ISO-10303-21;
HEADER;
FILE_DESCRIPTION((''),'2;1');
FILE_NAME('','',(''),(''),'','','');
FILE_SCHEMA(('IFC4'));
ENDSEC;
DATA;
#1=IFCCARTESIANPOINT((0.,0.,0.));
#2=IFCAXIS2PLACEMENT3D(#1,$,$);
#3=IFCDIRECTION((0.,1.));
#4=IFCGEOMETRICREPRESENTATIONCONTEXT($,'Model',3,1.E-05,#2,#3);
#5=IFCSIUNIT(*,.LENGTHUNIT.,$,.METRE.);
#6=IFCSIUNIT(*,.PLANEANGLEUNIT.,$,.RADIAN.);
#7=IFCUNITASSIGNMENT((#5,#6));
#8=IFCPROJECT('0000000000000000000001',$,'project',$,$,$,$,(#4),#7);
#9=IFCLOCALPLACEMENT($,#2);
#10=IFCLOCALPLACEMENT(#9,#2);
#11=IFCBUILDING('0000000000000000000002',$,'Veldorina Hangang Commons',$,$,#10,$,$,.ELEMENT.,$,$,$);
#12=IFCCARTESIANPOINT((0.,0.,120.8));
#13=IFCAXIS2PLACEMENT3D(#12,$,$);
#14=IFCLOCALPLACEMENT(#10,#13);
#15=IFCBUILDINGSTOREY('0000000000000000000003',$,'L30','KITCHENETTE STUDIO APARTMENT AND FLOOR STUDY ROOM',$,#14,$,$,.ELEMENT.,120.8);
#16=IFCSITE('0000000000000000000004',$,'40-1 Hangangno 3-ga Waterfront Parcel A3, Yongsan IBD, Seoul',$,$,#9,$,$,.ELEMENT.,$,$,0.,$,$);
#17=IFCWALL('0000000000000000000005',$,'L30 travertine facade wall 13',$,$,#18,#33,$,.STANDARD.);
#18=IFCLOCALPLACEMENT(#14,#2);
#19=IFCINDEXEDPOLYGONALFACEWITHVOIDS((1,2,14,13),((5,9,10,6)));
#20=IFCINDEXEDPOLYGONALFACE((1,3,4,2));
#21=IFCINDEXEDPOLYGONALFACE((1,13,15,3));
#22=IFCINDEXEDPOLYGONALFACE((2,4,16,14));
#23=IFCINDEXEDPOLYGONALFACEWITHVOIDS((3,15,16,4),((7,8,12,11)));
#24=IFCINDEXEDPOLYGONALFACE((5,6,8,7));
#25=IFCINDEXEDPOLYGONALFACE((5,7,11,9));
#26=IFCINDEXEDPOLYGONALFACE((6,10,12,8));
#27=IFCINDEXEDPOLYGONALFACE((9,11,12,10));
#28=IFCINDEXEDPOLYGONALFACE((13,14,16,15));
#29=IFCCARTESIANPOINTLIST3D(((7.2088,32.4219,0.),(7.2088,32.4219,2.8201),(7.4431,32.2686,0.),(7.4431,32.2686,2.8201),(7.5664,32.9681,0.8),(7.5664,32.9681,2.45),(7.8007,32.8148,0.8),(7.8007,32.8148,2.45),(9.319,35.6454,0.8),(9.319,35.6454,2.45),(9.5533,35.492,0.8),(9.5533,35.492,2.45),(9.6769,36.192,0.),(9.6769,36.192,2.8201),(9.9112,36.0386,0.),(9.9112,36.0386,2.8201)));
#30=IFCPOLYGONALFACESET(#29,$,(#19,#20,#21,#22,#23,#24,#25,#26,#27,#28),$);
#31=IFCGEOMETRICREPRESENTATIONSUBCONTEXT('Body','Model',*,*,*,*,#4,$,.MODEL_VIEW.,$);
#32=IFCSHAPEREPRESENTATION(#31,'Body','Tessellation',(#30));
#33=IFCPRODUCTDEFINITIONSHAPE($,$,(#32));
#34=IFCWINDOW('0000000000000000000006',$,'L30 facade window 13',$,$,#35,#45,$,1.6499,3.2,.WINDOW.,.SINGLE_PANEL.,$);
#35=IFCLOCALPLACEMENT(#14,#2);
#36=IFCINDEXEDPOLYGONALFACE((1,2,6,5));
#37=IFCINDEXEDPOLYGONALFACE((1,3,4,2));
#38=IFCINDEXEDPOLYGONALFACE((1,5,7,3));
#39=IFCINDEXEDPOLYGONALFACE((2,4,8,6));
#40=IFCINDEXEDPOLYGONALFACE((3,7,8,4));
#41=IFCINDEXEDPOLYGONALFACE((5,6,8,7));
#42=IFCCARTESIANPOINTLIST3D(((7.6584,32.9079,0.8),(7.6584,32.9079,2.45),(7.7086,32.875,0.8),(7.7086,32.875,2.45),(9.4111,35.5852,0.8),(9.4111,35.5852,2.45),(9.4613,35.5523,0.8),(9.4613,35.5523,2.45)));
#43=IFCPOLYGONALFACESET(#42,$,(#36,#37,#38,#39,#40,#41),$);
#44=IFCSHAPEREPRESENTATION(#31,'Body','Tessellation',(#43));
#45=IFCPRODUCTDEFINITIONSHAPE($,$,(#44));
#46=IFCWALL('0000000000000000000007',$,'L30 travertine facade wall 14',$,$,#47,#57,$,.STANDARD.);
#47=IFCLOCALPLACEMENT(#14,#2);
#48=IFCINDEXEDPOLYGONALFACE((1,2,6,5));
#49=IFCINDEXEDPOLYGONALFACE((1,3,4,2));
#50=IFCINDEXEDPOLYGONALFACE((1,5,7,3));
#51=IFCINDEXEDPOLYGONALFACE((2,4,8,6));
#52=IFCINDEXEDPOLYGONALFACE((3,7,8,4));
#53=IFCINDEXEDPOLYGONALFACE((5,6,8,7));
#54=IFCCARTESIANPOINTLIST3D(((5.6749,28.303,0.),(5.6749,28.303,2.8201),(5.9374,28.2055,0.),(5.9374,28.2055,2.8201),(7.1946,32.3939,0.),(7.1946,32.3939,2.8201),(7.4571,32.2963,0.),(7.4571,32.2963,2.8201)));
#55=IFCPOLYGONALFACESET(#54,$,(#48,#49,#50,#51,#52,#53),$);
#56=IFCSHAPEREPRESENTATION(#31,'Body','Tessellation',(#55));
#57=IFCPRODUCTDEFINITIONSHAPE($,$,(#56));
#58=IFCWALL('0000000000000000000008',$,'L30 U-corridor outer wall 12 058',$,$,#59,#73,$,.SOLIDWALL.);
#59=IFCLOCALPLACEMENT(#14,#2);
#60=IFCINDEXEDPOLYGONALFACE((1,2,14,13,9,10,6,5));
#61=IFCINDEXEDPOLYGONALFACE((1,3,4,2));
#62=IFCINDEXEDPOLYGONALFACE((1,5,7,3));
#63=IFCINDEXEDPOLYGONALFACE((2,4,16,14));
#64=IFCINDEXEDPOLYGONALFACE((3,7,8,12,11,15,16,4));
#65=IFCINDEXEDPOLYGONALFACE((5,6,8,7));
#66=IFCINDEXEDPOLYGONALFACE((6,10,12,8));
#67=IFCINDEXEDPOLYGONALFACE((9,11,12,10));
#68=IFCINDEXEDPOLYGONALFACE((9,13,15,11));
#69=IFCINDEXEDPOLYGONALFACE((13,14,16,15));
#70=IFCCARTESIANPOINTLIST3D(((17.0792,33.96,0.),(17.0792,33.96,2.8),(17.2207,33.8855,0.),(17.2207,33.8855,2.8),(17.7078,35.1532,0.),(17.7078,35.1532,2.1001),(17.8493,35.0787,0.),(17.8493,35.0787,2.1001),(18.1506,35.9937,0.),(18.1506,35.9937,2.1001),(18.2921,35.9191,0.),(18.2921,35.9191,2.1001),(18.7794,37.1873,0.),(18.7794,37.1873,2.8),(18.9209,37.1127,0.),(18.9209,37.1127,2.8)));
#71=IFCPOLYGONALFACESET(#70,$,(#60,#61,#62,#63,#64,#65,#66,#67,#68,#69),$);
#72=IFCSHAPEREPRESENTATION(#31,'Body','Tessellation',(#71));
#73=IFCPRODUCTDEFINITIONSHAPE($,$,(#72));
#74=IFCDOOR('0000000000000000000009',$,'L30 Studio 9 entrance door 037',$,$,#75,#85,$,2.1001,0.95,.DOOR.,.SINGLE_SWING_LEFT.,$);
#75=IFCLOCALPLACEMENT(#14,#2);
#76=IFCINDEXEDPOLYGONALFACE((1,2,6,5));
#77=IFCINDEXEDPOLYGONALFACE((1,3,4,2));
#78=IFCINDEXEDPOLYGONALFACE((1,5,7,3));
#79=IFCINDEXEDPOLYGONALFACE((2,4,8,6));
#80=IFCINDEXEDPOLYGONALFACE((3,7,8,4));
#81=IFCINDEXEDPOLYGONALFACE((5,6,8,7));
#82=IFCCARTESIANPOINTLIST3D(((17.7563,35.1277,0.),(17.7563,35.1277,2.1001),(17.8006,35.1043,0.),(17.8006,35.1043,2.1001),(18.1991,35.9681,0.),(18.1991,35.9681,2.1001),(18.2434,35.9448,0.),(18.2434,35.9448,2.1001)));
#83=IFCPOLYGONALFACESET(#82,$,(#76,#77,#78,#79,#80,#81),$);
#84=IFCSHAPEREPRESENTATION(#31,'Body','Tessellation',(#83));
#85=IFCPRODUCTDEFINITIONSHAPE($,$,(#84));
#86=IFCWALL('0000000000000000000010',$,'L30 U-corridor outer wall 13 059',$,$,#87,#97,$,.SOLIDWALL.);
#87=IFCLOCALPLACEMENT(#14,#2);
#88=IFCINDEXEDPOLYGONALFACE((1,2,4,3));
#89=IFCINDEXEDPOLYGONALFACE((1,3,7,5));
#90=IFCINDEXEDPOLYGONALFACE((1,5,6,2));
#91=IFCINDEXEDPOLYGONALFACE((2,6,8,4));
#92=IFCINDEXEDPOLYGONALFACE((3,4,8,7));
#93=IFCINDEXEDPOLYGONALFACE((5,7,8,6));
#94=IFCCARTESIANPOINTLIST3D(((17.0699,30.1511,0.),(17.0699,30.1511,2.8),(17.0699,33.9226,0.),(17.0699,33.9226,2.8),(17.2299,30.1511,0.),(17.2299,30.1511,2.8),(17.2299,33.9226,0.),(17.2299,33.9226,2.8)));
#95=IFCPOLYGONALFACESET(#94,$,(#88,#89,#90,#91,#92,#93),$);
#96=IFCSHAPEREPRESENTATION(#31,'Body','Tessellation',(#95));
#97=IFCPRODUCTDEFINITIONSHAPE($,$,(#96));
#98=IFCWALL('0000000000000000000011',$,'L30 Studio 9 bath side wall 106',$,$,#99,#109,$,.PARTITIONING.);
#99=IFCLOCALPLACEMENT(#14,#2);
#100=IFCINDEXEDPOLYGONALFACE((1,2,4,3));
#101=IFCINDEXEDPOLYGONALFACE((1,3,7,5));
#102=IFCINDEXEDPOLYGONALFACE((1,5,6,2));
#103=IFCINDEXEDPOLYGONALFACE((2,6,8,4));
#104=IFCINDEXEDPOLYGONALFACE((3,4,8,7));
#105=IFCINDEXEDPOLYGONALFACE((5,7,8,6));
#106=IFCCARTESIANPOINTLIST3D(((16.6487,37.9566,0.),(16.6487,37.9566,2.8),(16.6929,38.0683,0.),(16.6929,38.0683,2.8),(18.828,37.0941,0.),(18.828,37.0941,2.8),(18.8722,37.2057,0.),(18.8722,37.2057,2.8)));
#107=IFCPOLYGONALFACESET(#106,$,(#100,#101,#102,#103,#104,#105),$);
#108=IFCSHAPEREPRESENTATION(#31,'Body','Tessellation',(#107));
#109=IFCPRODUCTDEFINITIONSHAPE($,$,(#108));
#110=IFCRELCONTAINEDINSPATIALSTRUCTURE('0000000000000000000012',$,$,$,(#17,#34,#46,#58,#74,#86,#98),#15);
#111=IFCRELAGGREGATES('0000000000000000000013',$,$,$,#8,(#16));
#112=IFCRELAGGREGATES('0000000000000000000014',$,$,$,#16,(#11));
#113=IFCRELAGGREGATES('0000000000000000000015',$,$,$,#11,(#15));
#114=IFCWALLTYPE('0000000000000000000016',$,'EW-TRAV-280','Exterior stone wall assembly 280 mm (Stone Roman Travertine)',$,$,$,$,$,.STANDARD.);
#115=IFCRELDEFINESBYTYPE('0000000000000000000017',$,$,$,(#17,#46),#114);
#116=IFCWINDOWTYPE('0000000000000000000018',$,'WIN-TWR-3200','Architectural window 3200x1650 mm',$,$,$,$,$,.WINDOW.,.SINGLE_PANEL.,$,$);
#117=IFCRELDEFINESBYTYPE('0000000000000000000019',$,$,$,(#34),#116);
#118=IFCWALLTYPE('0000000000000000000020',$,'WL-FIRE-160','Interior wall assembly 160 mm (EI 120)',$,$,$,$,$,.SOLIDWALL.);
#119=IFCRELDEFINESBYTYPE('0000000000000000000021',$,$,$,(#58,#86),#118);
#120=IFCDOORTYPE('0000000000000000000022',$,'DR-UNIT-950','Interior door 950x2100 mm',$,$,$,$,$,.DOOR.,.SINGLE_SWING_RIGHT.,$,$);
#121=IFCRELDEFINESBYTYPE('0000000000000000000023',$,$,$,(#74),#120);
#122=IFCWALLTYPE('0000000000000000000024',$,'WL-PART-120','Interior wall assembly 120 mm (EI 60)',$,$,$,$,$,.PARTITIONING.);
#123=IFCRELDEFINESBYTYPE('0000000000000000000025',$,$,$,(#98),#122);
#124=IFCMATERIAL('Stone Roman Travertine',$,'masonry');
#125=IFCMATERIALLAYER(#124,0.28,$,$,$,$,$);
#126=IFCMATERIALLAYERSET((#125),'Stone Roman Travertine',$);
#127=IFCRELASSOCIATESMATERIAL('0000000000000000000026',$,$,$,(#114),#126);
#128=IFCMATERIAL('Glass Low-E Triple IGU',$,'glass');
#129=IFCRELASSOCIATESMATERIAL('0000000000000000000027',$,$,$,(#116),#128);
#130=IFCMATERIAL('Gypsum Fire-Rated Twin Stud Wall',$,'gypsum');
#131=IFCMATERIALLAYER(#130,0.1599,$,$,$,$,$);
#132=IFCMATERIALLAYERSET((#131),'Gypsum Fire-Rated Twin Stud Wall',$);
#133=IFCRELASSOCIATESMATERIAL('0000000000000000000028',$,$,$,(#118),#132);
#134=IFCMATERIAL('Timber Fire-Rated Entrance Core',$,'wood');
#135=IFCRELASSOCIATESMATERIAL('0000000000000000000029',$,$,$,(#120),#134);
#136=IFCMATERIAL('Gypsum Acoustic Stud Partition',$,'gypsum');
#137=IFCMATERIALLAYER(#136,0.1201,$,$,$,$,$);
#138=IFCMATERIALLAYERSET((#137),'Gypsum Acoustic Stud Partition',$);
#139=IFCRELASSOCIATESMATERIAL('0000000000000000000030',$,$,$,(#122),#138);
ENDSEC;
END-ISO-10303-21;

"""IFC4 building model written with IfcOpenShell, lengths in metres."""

from ifc_helpers import new_model, si_unit, direction, frame, frame_2d, origin, place, context, subcontext, project, spatial, rectangle, extrude, material, layer, layer_set, type_object, element, fill, save


model = new_model("IFC4")

# Units and contexts
model_context = context("Model", 3, precision=1e-05, world=origin(), true_north=direction((0.0, 1.0)))
body_context = subcontext(model_context, "Body", "Model", "MODEL_VIEW")
ifc_project = project(units=[si_unit("LENGTHUNIT", "METRE"), si_unit("PLANEANGLEUNIT", "RADIAN")], contexts=[model_context])

# Site, building, storey
site_placement = place(None, origin())
site = spatial("IfcSite", under=ifc_project, at=site_placement, Name="40-1 Hangangno 3-ga Waterfront Parcel A3, Yongsan IBD, Seoul", CompositionType="ELEMENT", RefElevation=0.0)
building_placement = place(site_placement, origin())
building = spatial("IfcBuilding", under=site, at=building_placement, Name="Veldorina Hangang Commons", CompositionType="ELEMENT")
storey_placement = place(building_placement, frame((0.0, 0.0, 120.8)))
storey = spatial("IfcBuildingStorey", under=building, at=storey_placement, Name="L30", Description="KITCHENETTE STUDIO APARTMENT AND FLOOR STUDY ROOM", CompositionType="ELEMENT", Elevation=120.8)

# Shared definitions
ifc_material_1 = material(Name="Stone Roman Travertine", Category="masonry")
ifc_layer_1 = layer(ifc_material_1, 0.28)
ifc_layer_set_1 = layer_set([ifc_layer_1], Name="Stone Roman Travertine")
wall_type_1 = type_object("IfcWallType", Name="EW-TRAV-280", Description="Exterior stone wall assembly 280 mm (Stone Roman Travertine)", PredefinedType="STANDARD", material=ifc_layer_set_1)

# Wall, opening, window
wall_1_placement = place(storey_placement, frame((9.7939, 36.1152, 0.0), z_axis=(0.0, 0.0, 1.0), x_axis=(-0.547716, -0.836664, 0.0)))
wall_1 = element("IfcWall", 1, at=wall_1_placement, inside=storey, type_object=wall_type_1, Name="L30 travertine facade wall 13", PredefinedType="STANDARD", context=body_context, shape_type="SweptSolid", body=[
    extrude(rectangle(XDim=4.5061, YDim=0.28, at=frame_2d((2.2529, 0.0))), origin(), (0.0, 0.0, 1.0), 2.8201),
])
opening_1_placement = place(wall_1_placement, frame((0.6531, 0.0, 0.8)))
opening_1 = element("IfcOpeningElement", 2, at=opening_1_placement, cuts=wall_1, PredefinedType="OPENING", context=body_context, shape_type="SweptSolid", body=[
    extrude(rectangle(XDim=3.2, YDim=1.6499, at=frame_2d((1.6001, 0.825))), frame((0.0, 0.1499, 0.0), z_axis=(0.0, -1.0, 0.0), x_axis=(1.0, 0.0, 0.0)), (0.0, 0.0, 1.0), 0.3),
])
ifc_material_2 = material(Name="Glass Low-E Triple IGU", Category="glass")
window_type = type_object("IfcWindowType", Name="WIN-TWR-3200", Description="Architectural window 3200x1650 mm", PartitioningType="SINGLE_PANEL", PredefinedType="WINDOW", material=ifc_material_2)
window_placement = place(opening_1_placement, origin())
window = element("IfcWindow", 3, at=window_placement, inside=storey, type_object=window_type, Name="L30 facade window 13", OverallHeight=1.6499, OverallWidth=3.2, PartitioningType="SINGLE_PANEL", PredefinedType="WINDOW", context=body_context, shape_type="SweptSolid", body=[
    extrude(rectangle(XDim=3.2, YDim=1.6499, at=frame_2d((1.6001, 0.825))), frame((0.0, 0.03, 0.0), z_axis=(0.0, -1.0, 0.0), x_axis=(1.0, 0.0, 0.0)), (0.0, 0.0, 1.0), 0.0601),
])
fill(opening_1, window)

# Wall
wall_2_placement = place(storey_placement, frame((7.3259, 32.3452, 0.0), z_axis=(0.0, 0.0, 1.0), x_axis=(-0.348253, -0.937401, 0.0)))
element("IfcWall", 4, at=wall_2_placement, inside=storey, type_object=wall_type_1, Name="L30 travertine facade wall 14", PredefinedType="STANDARD", context=body_context, shape_type="SweptSolid", body=[
    extrude(rectangle(XDim=4.364, YDim=0.28, at=frame_2d((2.1821, 0.0))), origin(), (0.0, 0.0, 1.0), 2.8201),
])

# Wall, opening, door
ifc_material_3 = material(Name="Gypsum Fire-Rated Twin Stud Wall", Category="gypsum")
ifc_layer_2 = layer(ifc_material_3, 0.1599)
ifc_layer_set_2 = layer_set([ifc_layer_2], Name="Gypsum Fire-Rated Twin Stud Wall")
wall_type_2 = type_object("IfcWallType", Name="WL-FIRE-160", Description="Interior wall assembly 160 mm (EI 120)", PredefinedType="SOLIDWALL", material=ifc_layer_set_2)
wall_3_placement = place(storey_placement, frame((18.8501, 37.1499, 0.0), z_axis=(0.0, 0.0, 1.0), x_axis=(-0.466094, -0.884735, 0.0)))
wall_3 = element("IfcWall", 5, at=wall_3_placement, inside=storey, type_object=wall_type_2, Name="L30 U-corridor outer wall 12 058", PredefinedType="SOLIDWALL", context=body_context, shape_type="SweptSolid", body=[
    extrude(rectangle(XDim=3.6477, YDim=0.1599, at=frame_2d((1.8237, 0.0))), origin(), (0.0, 0.0, 1.0), 2.8),
])
opening_2_placement = place(wall_3_placement, frame((1.3489, 0.0, 0.0)))
opening_2 = element("IfcOpeningElement", 6, at=opening_2_placement, cuts=wall_3, PredefinedType="OPENING", context=body_context, shape_type="SweptSolid", body=[
    extrude(rectangle(XDim=0.95, YDim=2.1001, at=frame_2d((0.4751, 1.05))), frame((0.0, 0.0898, 0.0), z_axis=(0.0, -1.0, 0.0), x_axis=(1.0, 0.0, 0.0)), (0.0, 0.0, 1.0), 0.1799),
])
ifc_material_4 = material(Name="Timber Fire-Rated Entrance Core", Category="wood")
door_type = type_object("IfcDoorType", Name="DR-UNIT-950", Description="Interior door 950x2100 mm", OperationType="SINGLE_SWING_RIGHT", PredefinedType="DOOR", material=ifc_material_4)
door_placement = place(opening_2_placement, origin())
door = element("IfcDoor", 7, at=door_placement, inside=storey, type_object=door_type, Name="L30 Studio 9 entrance door 037", OperationType="SINGLE_SWING_LEFT", OverallHeight=2.1001, OverallWidth=0.95, PredefinedType="DOOR", context=body_context, shape_type="SweptSolid", body=[
    extrude(rectangle(XDim=0.95, YDim=2.1001, at=frame_2d((0.4751, 1.05))), frame((0.0, 0.0249, 0.0), z_axis=(0.0, -1.0, 0.0), x_axis=(1.0, 0.0, 0.0)), (0.0, 0.0, 1.0), 0.05),
])
fill(opening_2, door)

# Walls
wall_4_placement = place(storey_placement, frame((17.1499, 33.9226, 0.0), z_axis=(0.0, 0.0, 1.0), x_axis=(0.0, -1.0, 0.0)))
element("IfcWall", 8, at=wall_4_placement, inside=storey, type_object=wall_type_2, Name="L30 U-corridor outer wall 13 059", PredefinedType="SOLIDWALL", context=body_context, shape_type="SweptSolid", body=[
    extrude(rectangle(XDim=3.7715, YDim=0.1599, at=frame_2d((1.8857, 0.0))), origin(), (0.0, 0.0, 1.0), 2.8),
])
ifc_material_5 = material(Name="Gypsum Acoustic Stud Partition", Category="gypsum")
ifc_layer_3 = layer(ifc_material_5, 0.1201)
ifc_layer_set_3 = layer_set([ifc_layer_3], Name="Gypsum Acoustic Stud Partition")
wall_type_3 = type_object("IfcWallType", Name="WL-PART-120", Description="Interior wall assembly 120 mm (EI 60)", PredefinedType="PARTITIONING", material=ifc_layer_set_3)
wall_5_placement = place(storey_placement, frame((18.8501, 37.1499, 0.0), z_axis=(0.0, 0.0, 1.0), x_axis=(-0.929814, 0.36803, 0.0)))
element("IfcWall", 9, at=wall_5_placement, inside=storey, type_object=wall_type_3, Name="L30 Studio 9 bath side wall 106", PredefinedType="PARTITIONING", context=body_context, shape_type="SweptSolid", body=[
    extrude(rectangle(XDim=2.3438, YDim=0.1201, at=frame_2d((1.1719, 0.0))), origin(), (0.0, 0.0, 1.0), 2.8),
])

save(model, "model.ifc")
